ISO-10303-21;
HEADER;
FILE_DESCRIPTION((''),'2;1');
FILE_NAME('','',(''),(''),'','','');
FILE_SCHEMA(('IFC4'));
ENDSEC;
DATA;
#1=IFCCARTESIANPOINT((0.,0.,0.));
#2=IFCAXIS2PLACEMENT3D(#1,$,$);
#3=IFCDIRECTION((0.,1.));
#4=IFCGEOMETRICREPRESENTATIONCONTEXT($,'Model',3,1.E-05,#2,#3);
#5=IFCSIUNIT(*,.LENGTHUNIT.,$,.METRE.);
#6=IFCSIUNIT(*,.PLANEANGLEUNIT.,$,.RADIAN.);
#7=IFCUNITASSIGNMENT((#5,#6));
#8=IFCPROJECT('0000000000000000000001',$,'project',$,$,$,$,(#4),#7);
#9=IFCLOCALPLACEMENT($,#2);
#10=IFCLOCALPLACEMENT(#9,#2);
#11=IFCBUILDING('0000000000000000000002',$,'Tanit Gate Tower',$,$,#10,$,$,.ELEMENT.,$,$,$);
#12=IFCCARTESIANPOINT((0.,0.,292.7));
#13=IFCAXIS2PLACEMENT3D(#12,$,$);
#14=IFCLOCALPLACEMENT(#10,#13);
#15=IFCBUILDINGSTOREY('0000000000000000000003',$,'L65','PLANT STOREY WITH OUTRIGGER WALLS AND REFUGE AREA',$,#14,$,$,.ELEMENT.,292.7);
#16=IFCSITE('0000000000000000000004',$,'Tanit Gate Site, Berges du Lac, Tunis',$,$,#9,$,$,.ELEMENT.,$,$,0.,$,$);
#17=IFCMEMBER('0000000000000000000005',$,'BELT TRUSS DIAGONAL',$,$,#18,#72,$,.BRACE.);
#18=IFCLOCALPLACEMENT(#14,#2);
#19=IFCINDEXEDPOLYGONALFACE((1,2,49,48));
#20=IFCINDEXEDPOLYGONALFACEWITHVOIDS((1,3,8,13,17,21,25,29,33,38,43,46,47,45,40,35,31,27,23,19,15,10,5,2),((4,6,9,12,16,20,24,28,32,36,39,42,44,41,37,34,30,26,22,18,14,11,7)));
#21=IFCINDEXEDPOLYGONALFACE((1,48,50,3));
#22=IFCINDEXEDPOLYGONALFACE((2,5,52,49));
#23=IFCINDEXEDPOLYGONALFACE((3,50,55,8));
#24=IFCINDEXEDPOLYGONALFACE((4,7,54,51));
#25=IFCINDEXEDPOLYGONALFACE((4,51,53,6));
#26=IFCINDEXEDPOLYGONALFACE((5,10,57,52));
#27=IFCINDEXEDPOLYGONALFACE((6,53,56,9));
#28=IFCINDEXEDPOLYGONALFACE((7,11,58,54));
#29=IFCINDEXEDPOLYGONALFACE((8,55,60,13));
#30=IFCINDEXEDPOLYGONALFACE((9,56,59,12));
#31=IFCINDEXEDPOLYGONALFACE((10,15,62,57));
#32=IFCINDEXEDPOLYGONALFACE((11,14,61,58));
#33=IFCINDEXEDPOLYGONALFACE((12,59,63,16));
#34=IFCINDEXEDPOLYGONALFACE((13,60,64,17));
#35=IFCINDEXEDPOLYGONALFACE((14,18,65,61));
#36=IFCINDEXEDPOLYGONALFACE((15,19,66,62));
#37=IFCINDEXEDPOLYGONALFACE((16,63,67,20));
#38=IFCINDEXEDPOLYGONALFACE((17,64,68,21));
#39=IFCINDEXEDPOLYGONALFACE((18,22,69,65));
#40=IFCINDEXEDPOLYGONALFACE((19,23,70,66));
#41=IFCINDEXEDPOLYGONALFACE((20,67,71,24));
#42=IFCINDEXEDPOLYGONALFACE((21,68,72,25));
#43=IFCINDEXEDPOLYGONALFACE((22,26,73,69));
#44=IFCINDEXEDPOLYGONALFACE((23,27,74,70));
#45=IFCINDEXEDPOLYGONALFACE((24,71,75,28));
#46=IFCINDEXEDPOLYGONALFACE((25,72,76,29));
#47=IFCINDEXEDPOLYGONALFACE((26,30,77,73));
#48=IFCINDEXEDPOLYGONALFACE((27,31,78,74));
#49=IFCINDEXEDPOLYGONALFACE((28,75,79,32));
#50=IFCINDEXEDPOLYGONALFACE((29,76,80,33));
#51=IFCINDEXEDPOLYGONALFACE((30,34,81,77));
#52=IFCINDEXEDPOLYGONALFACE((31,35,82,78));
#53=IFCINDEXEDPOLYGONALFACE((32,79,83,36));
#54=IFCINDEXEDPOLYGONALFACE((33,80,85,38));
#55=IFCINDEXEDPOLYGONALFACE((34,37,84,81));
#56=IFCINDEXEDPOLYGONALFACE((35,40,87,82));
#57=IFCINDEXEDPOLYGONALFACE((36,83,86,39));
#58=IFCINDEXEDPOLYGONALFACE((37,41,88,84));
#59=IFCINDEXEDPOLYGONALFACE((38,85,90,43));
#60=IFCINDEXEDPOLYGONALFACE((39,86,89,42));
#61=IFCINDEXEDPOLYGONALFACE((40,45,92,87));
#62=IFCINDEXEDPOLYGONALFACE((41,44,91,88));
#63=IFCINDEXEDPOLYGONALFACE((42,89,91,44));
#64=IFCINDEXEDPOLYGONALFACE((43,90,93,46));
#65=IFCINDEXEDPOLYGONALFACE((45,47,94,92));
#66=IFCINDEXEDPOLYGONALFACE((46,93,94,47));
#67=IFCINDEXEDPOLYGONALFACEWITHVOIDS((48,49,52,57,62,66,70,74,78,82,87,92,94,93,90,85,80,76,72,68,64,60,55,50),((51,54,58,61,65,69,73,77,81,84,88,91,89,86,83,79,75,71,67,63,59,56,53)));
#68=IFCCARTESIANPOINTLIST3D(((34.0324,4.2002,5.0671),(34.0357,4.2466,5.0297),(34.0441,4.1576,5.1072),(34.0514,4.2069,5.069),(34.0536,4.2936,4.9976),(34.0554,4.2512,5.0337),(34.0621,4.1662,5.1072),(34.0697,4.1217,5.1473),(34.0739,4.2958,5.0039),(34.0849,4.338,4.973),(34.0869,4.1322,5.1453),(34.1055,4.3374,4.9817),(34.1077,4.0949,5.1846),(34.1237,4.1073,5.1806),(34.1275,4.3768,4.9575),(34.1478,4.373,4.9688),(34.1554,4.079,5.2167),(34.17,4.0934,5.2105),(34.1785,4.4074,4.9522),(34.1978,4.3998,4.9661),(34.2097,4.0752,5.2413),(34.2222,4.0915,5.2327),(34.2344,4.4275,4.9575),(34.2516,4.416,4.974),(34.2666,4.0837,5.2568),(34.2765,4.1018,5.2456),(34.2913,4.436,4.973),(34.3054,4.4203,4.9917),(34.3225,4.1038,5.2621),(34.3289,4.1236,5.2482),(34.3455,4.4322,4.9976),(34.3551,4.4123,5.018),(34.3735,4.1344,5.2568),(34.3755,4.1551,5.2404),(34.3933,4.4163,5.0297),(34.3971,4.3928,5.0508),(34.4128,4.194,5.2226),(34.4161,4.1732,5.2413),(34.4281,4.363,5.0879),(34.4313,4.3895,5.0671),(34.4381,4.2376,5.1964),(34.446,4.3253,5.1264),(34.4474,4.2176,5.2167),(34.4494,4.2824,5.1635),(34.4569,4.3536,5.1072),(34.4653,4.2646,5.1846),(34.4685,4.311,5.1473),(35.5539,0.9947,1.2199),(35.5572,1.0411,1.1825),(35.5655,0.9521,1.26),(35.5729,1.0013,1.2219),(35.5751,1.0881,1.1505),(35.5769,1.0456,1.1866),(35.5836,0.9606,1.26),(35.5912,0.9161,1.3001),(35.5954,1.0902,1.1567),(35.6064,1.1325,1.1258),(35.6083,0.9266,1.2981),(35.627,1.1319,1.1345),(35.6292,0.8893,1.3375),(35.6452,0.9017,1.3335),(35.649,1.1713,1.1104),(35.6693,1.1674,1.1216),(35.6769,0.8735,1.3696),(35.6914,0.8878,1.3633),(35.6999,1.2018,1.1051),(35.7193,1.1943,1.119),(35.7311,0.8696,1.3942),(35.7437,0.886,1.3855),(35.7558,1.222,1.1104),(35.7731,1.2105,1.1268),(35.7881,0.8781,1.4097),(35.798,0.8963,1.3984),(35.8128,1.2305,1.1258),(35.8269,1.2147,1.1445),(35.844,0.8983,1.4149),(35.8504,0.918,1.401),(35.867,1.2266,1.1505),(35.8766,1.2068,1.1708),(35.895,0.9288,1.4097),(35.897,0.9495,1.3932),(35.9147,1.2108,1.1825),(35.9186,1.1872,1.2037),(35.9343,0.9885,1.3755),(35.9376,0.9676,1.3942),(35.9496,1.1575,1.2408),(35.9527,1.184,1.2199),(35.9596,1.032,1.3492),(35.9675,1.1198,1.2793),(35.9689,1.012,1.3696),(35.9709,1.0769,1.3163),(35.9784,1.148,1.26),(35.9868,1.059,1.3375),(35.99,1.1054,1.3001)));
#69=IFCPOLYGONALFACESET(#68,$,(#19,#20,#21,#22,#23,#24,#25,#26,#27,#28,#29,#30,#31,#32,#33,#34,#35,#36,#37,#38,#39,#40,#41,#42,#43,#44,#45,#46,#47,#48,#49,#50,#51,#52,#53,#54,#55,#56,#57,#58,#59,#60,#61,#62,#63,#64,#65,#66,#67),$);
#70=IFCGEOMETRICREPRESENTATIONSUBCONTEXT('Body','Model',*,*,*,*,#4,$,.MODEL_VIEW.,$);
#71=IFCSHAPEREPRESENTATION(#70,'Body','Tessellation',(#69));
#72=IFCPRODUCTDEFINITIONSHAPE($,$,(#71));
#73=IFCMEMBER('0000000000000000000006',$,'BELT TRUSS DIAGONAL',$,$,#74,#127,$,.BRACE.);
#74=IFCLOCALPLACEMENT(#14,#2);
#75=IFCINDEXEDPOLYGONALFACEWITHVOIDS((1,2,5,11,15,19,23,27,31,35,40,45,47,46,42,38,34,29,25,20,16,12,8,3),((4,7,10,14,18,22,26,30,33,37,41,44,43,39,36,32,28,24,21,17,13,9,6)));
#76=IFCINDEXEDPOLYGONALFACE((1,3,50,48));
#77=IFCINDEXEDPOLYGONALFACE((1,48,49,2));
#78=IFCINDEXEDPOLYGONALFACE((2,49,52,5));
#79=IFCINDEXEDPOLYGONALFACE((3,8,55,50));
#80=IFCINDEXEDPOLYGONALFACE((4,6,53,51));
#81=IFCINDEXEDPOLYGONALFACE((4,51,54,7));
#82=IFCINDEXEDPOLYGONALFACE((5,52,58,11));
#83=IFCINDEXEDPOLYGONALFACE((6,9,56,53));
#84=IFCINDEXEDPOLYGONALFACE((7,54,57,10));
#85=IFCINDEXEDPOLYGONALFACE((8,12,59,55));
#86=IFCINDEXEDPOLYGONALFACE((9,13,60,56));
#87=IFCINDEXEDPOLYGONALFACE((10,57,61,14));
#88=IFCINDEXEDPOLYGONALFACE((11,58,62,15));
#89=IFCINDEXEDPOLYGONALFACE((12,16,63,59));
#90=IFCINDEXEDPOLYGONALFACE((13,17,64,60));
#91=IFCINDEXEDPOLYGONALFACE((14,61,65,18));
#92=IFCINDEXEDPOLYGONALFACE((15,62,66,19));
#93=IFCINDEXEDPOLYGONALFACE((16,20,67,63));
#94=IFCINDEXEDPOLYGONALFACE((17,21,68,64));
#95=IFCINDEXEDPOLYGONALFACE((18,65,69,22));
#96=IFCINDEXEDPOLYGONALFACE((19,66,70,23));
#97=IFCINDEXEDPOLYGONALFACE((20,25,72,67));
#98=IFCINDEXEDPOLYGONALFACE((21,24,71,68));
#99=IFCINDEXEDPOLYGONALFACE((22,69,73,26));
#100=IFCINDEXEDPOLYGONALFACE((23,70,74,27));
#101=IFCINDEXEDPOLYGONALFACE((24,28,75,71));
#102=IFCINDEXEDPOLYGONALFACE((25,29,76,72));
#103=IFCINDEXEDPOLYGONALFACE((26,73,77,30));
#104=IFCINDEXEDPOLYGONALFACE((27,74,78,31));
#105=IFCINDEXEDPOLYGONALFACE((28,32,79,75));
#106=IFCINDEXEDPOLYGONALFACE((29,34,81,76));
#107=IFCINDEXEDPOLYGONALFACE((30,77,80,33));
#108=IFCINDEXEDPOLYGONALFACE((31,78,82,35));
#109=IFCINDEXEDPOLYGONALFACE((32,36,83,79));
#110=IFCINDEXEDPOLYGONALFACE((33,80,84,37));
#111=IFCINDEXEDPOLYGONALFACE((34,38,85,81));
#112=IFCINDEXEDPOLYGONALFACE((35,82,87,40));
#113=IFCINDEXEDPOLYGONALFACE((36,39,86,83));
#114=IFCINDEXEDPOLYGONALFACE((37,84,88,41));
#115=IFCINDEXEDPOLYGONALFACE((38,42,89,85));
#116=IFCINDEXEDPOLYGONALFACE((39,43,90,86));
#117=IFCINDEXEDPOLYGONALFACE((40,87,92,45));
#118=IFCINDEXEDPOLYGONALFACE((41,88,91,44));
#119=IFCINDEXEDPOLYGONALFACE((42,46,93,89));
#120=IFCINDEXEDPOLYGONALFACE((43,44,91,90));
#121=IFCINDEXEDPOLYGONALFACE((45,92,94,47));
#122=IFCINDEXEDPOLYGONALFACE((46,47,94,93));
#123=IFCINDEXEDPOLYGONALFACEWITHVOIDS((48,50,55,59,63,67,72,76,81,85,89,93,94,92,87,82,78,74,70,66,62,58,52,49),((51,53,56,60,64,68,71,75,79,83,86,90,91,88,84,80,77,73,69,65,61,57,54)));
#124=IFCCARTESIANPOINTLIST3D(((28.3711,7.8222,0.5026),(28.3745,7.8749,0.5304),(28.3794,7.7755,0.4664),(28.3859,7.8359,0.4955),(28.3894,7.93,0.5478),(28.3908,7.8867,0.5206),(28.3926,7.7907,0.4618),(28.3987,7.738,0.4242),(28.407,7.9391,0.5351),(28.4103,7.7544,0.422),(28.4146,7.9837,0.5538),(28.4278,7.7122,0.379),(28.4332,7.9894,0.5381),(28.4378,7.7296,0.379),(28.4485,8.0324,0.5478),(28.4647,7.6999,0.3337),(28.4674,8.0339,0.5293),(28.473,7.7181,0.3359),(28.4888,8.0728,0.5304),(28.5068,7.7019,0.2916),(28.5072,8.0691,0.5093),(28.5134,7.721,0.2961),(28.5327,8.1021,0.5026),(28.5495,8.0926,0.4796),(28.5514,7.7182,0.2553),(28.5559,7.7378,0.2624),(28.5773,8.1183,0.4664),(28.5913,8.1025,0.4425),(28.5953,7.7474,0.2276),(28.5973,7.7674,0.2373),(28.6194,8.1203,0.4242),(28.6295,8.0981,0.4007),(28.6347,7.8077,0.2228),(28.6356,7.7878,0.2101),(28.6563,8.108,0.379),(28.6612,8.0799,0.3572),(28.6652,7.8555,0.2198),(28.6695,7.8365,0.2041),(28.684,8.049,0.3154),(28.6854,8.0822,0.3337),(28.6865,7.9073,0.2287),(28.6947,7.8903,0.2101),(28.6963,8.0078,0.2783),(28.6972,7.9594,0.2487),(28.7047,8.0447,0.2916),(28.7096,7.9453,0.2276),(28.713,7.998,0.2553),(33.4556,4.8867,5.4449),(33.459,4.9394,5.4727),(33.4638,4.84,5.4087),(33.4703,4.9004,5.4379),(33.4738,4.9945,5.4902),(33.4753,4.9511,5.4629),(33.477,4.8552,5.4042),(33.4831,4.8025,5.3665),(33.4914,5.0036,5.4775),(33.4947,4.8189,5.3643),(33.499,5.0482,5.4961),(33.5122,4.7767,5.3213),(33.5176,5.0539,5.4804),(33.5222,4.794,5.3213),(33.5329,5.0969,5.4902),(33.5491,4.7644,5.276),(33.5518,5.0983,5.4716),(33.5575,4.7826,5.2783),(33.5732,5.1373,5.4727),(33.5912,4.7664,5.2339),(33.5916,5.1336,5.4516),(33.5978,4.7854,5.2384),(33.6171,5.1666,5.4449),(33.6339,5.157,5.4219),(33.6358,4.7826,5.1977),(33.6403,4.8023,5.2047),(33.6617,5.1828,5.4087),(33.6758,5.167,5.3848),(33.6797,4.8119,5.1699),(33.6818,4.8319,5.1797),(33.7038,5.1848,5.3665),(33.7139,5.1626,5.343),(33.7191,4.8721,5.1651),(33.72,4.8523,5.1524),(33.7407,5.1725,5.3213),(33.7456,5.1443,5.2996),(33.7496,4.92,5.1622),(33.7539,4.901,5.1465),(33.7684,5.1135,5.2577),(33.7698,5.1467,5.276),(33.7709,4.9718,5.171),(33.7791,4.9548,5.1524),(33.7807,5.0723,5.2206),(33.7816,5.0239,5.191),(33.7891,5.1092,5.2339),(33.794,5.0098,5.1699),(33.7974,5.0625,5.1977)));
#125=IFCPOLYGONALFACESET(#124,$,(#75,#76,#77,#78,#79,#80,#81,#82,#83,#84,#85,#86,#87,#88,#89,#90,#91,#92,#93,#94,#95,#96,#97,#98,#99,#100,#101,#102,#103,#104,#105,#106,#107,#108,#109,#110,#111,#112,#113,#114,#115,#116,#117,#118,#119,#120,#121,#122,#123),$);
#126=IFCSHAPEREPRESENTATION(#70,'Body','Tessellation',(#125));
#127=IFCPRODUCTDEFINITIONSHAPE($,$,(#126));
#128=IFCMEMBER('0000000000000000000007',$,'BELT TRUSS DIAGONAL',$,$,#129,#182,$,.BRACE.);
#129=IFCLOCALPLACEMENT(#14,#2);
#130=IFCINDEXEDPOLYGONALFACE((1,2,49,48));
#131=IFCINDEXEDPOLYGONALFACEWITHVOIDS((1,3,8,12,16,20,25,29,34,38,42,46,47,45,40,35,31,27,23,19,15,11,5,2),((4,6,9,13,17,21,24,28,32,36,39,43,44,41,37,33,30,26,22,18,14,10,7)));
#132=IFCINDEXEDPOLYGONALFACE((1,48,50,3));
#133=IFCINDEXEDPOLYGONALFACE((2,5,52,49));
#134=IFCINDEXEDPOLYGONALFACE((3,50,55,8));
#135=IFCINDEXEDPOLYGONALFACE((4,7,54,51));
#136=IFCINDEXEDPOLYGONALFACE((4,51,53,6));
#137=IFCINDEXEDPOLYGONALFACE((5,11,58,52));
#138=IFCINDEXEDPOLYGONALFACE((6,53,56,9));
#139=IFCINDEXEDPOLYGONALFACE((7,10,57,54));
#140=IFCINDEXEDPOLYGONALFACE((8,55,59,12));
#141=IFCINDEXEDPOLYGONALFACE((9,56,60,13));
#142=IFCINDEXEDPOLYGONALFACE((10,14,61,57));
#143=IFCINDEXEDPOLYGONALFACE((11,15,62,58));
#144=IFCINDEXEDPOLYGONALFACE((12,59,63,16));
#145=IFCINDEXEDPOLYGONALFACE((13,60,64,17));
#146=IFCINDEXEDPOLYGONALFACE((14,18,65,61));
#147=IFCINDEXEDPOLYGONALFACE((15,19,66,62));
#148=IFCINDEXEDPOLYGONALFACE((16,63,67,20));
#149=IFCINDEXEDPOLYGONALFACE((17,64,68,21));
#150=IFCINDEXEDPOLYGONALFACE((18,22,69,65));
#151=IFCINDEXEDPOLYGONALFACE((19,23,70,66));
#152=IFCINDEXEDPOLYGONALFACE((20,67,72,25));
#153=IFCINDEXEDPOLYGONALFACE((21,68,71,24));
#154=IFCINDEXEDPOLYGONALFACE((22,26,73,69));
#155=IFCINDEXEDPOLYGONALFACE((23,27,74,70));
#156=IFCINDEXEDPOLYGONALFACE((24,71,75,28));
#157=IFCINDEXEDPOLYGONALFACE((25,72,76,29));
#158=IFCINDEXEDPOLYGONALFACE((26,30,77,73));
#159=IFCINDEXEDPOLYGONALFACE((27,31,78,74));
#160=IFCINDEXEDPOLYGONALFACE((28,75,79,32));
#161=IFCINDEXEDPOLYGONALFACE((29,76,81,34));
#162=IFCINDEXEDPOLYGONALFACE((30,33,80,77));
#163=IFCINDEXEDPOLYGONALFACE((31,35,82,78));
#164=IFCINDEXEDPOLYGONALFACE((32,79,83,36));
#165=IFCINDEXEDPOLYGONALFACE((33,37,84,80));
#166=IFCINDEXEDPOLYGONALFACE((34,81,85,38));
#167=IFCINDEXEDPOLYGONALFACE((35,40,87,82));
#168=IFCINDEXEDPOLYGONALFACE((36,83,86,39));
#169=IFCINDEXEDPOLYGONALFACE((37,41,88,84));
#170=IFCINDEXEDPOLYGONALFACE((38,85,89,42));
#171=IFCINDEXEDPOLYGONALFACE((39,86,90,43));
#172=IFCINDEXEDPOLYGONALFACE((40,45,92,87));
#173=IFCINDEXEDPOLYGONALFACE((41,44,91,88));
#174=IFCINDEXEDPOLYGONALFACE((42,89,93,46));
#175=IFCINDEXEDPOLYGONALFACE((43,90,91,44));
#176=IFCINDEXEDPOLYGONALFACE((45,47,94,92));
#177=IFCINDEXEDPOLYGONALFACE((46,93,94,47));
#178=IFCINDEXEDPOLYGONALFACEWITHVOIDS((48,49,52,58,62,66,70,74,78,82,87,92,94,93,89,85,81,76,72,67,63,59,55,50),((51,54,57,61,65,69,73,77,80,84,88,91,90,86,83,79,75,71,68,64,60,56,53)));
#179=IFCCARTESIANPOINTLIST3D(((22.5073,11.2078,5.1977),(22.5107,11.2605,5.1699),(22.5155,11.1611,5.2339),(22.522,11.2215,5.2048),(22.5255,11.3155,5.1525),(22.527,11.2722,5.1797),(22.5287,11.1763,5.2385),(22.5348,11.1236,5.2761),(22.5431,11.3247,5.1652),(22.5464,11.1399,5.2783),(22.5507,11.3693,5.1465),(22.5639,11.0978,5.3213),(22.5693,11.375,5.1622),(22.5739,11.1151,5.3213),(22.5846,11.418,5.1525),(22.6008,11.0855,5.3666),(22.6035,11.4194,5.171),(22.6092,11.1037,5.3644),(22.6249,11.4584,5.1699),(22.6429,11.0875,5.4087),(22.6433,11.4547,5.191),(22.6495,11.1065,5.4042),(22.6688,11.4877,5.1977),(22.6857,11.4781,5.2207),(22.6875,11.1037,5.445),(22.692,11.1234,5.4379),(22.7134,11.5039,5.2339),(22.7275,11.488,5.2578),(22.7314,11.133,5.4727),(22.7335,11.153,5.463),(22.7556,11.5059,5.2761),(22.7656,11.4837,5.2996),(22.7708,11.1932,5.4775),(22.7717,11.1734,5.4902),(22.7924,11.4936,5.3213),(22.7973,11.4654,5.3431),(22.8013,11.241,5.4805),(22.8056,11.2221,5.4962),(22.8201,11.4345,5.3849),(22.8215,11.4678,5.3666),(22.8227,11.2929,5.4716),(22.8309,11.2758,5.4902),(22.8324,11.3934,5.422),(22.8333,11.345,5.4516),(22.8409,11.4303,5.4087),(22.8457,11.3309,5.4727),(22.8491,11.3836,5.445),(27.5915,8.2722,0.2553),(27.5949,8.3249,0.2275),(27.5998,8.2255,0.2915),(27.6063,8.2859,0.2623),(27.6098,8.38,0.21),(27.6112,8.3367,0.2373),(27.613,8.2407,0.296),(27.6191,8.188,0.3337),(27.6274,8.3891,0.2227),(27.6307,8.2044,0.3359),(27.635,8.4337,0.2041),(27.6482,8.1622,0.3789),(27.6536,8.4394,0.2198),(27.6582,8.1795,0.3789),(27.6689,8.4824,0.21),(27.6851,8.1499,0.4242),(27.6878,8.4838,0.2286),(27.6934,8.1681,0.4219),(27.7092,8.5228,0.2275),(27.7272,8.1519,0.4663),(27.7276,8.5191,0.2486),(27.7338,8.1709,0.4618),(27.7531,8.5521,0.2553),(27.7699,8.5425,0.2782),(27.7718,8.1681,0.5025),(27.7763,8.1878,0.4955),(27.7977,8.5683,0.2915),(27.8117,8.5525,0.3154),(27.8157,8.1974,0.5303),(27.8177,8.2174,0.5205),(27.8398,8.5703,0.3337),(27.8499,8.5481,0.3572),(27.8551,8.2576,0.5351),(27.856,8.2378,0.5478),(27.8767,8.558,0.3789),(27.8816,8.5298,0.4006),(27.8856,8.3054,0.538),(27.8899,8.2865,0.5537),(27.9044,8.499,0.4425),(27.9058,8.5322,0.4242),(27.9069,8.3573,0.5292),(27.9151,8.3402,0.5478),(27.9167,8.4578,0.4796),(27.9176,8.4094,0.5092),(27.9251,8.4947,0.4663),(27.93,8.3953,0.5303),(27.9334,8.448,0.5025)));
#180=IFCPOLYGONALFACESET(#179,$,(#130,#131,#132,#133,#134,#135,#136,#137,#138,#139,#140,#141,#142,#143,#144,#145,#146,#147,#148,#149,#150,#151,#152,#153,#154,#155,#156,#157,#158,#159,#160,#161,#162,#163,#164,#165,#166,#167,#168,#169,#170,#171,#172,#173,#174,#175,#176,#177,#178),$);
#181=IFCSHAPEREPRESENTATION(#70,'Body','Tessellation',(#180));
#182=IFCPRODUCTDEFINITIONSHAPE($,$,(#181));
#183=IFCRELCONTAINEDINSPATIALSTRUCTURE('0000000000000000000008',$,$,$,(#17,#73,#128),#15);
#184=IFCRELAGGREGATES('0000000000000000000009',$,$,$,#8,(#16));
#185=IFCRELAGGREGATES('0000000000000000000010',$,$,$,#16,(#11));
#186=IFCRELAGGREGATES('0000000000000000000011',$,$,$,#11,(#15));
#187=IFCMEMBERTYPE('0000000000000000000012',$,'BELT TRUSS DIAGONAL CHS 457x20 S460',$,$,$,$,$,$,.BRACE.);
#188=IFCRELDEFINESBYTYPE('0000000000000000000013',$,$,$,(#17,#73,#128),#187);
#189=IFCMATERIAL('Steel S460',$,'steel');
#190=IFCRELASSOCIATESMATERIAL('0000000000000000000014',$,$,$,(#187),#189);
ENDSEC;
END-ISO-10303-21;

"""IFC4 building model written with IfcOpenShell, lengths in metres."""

from ifc_helpers import new_model, si_unit, direction, frame, origin, origin_2d, place, context, subcontext, project, spatial, hollow_circle, extrude, material, material_profile, profile_set, type_object, element, save


model = new_model("IFC4")

# Units and contexts
model_context = context("Model", 3, precision=1e-05, world=origin(), true_north=direction((0.0, 1.0)))
body_context = subcontext(model_context, "Body", "Model", "MODEL_VIEW")
ifc_project = project(units=[si_unit("LENGTHUNIT", "METRE"), si_unit("PLANEANGLEUNIT", "RADIAN")], contexts=[model_context])

# Site, building, storey
site_placement = place(None, origin())
site = spatial("IfcSite", under=ifc_project, at=site_placement, Name="Tanit Gate Site, Berges du Lac, Tunis", CompositionType="ELEMENT", RefElevation=0.0)
building_placement = place(site_placement, origin())
building = spatial("IfcBuilding", under=site, at=building_placement, Name="Tanit Gate Tower", CompositionType="ELEMENT")
storey_placement = place(building_placement, frame((0.0, 0.0, 292.7)))
storey = spatial("IfcBuildingStorey", under=building, at=storey_placement, Name="L65", Description="PLANT STOREY WITH OUTRIGGER WALLS AND REFUGE AREA", CompositionType="ELEMENT", Elevation=292.7)

# Members
ifc_material_1 = material(Name="Steel S460", Category="steel")
ifc_material_profile_1 = material_profile(ifc_material_1, hollow_circle(Radius=0.2285, WallThickness=0.02, at=origin_2d()), Name="CHS 457x20")
ifc_profile_set_1 = profile_set([ifc_material_profile_1], Name="Steel S460")
member_type = type_object("IfcMemberType", Name="BELT TRUSS DIAGONAL CHS 457x20 S460", PredefinedType="BRACE", material=ifc_profile_set_1)
member_placement = place(storey_placement, frame((35.772, 1.05, 1.26), z_axis=(-0.290711, 0.61249, 0.735081), x_axis=(-0.903404, -0.42879, 0.0)))
element("IfcMember", 1, at=member_placement, inside=storey, type_object=member_type, Name="BELT TRUSS DIAGONAL", PredefinedType="BRACE", context=body_context, shape_type="SweptSolid", body=[
    extrude(hollow_circle(Radius=0.2285, WallThickness=0.02, at=origin_2d()), origin(), (0.0, 0.0, 1.0), 5.2336),
])
for number, where, z_axis, x_axis, name in (
    (2, (33.6265, 4.9746, 5.3213), (-0.662524, 0.382511, -0.644009), (-0.500003, -0.866024, 0.0), "BELT TRUSS DIAGONAL"),
    (3, (27.7625, 8.3601, 0.3789), (-0.662506, 0.38252, 0.644022), (-0.500021, -0.866013, 0.0), "BELT TRUSS DIAGONAL"),
):
    element("IfcMember", number, at=place(storey_placement, frame(where, z_axis=z_axis, x_axis=x_axis)), inside=storey, type_object=member_type, Name=name, PredefinedType="BRACE", context=body_context, shape_type="SweptSolid", body=[
        extrude(hollow_circle(Radius=0.2285, WallThickness=0.02, at=origin_2d()), origin(), (0.0, 0.0, 1.0), 7.6743),
    ])

save(model, "model.ifc")
